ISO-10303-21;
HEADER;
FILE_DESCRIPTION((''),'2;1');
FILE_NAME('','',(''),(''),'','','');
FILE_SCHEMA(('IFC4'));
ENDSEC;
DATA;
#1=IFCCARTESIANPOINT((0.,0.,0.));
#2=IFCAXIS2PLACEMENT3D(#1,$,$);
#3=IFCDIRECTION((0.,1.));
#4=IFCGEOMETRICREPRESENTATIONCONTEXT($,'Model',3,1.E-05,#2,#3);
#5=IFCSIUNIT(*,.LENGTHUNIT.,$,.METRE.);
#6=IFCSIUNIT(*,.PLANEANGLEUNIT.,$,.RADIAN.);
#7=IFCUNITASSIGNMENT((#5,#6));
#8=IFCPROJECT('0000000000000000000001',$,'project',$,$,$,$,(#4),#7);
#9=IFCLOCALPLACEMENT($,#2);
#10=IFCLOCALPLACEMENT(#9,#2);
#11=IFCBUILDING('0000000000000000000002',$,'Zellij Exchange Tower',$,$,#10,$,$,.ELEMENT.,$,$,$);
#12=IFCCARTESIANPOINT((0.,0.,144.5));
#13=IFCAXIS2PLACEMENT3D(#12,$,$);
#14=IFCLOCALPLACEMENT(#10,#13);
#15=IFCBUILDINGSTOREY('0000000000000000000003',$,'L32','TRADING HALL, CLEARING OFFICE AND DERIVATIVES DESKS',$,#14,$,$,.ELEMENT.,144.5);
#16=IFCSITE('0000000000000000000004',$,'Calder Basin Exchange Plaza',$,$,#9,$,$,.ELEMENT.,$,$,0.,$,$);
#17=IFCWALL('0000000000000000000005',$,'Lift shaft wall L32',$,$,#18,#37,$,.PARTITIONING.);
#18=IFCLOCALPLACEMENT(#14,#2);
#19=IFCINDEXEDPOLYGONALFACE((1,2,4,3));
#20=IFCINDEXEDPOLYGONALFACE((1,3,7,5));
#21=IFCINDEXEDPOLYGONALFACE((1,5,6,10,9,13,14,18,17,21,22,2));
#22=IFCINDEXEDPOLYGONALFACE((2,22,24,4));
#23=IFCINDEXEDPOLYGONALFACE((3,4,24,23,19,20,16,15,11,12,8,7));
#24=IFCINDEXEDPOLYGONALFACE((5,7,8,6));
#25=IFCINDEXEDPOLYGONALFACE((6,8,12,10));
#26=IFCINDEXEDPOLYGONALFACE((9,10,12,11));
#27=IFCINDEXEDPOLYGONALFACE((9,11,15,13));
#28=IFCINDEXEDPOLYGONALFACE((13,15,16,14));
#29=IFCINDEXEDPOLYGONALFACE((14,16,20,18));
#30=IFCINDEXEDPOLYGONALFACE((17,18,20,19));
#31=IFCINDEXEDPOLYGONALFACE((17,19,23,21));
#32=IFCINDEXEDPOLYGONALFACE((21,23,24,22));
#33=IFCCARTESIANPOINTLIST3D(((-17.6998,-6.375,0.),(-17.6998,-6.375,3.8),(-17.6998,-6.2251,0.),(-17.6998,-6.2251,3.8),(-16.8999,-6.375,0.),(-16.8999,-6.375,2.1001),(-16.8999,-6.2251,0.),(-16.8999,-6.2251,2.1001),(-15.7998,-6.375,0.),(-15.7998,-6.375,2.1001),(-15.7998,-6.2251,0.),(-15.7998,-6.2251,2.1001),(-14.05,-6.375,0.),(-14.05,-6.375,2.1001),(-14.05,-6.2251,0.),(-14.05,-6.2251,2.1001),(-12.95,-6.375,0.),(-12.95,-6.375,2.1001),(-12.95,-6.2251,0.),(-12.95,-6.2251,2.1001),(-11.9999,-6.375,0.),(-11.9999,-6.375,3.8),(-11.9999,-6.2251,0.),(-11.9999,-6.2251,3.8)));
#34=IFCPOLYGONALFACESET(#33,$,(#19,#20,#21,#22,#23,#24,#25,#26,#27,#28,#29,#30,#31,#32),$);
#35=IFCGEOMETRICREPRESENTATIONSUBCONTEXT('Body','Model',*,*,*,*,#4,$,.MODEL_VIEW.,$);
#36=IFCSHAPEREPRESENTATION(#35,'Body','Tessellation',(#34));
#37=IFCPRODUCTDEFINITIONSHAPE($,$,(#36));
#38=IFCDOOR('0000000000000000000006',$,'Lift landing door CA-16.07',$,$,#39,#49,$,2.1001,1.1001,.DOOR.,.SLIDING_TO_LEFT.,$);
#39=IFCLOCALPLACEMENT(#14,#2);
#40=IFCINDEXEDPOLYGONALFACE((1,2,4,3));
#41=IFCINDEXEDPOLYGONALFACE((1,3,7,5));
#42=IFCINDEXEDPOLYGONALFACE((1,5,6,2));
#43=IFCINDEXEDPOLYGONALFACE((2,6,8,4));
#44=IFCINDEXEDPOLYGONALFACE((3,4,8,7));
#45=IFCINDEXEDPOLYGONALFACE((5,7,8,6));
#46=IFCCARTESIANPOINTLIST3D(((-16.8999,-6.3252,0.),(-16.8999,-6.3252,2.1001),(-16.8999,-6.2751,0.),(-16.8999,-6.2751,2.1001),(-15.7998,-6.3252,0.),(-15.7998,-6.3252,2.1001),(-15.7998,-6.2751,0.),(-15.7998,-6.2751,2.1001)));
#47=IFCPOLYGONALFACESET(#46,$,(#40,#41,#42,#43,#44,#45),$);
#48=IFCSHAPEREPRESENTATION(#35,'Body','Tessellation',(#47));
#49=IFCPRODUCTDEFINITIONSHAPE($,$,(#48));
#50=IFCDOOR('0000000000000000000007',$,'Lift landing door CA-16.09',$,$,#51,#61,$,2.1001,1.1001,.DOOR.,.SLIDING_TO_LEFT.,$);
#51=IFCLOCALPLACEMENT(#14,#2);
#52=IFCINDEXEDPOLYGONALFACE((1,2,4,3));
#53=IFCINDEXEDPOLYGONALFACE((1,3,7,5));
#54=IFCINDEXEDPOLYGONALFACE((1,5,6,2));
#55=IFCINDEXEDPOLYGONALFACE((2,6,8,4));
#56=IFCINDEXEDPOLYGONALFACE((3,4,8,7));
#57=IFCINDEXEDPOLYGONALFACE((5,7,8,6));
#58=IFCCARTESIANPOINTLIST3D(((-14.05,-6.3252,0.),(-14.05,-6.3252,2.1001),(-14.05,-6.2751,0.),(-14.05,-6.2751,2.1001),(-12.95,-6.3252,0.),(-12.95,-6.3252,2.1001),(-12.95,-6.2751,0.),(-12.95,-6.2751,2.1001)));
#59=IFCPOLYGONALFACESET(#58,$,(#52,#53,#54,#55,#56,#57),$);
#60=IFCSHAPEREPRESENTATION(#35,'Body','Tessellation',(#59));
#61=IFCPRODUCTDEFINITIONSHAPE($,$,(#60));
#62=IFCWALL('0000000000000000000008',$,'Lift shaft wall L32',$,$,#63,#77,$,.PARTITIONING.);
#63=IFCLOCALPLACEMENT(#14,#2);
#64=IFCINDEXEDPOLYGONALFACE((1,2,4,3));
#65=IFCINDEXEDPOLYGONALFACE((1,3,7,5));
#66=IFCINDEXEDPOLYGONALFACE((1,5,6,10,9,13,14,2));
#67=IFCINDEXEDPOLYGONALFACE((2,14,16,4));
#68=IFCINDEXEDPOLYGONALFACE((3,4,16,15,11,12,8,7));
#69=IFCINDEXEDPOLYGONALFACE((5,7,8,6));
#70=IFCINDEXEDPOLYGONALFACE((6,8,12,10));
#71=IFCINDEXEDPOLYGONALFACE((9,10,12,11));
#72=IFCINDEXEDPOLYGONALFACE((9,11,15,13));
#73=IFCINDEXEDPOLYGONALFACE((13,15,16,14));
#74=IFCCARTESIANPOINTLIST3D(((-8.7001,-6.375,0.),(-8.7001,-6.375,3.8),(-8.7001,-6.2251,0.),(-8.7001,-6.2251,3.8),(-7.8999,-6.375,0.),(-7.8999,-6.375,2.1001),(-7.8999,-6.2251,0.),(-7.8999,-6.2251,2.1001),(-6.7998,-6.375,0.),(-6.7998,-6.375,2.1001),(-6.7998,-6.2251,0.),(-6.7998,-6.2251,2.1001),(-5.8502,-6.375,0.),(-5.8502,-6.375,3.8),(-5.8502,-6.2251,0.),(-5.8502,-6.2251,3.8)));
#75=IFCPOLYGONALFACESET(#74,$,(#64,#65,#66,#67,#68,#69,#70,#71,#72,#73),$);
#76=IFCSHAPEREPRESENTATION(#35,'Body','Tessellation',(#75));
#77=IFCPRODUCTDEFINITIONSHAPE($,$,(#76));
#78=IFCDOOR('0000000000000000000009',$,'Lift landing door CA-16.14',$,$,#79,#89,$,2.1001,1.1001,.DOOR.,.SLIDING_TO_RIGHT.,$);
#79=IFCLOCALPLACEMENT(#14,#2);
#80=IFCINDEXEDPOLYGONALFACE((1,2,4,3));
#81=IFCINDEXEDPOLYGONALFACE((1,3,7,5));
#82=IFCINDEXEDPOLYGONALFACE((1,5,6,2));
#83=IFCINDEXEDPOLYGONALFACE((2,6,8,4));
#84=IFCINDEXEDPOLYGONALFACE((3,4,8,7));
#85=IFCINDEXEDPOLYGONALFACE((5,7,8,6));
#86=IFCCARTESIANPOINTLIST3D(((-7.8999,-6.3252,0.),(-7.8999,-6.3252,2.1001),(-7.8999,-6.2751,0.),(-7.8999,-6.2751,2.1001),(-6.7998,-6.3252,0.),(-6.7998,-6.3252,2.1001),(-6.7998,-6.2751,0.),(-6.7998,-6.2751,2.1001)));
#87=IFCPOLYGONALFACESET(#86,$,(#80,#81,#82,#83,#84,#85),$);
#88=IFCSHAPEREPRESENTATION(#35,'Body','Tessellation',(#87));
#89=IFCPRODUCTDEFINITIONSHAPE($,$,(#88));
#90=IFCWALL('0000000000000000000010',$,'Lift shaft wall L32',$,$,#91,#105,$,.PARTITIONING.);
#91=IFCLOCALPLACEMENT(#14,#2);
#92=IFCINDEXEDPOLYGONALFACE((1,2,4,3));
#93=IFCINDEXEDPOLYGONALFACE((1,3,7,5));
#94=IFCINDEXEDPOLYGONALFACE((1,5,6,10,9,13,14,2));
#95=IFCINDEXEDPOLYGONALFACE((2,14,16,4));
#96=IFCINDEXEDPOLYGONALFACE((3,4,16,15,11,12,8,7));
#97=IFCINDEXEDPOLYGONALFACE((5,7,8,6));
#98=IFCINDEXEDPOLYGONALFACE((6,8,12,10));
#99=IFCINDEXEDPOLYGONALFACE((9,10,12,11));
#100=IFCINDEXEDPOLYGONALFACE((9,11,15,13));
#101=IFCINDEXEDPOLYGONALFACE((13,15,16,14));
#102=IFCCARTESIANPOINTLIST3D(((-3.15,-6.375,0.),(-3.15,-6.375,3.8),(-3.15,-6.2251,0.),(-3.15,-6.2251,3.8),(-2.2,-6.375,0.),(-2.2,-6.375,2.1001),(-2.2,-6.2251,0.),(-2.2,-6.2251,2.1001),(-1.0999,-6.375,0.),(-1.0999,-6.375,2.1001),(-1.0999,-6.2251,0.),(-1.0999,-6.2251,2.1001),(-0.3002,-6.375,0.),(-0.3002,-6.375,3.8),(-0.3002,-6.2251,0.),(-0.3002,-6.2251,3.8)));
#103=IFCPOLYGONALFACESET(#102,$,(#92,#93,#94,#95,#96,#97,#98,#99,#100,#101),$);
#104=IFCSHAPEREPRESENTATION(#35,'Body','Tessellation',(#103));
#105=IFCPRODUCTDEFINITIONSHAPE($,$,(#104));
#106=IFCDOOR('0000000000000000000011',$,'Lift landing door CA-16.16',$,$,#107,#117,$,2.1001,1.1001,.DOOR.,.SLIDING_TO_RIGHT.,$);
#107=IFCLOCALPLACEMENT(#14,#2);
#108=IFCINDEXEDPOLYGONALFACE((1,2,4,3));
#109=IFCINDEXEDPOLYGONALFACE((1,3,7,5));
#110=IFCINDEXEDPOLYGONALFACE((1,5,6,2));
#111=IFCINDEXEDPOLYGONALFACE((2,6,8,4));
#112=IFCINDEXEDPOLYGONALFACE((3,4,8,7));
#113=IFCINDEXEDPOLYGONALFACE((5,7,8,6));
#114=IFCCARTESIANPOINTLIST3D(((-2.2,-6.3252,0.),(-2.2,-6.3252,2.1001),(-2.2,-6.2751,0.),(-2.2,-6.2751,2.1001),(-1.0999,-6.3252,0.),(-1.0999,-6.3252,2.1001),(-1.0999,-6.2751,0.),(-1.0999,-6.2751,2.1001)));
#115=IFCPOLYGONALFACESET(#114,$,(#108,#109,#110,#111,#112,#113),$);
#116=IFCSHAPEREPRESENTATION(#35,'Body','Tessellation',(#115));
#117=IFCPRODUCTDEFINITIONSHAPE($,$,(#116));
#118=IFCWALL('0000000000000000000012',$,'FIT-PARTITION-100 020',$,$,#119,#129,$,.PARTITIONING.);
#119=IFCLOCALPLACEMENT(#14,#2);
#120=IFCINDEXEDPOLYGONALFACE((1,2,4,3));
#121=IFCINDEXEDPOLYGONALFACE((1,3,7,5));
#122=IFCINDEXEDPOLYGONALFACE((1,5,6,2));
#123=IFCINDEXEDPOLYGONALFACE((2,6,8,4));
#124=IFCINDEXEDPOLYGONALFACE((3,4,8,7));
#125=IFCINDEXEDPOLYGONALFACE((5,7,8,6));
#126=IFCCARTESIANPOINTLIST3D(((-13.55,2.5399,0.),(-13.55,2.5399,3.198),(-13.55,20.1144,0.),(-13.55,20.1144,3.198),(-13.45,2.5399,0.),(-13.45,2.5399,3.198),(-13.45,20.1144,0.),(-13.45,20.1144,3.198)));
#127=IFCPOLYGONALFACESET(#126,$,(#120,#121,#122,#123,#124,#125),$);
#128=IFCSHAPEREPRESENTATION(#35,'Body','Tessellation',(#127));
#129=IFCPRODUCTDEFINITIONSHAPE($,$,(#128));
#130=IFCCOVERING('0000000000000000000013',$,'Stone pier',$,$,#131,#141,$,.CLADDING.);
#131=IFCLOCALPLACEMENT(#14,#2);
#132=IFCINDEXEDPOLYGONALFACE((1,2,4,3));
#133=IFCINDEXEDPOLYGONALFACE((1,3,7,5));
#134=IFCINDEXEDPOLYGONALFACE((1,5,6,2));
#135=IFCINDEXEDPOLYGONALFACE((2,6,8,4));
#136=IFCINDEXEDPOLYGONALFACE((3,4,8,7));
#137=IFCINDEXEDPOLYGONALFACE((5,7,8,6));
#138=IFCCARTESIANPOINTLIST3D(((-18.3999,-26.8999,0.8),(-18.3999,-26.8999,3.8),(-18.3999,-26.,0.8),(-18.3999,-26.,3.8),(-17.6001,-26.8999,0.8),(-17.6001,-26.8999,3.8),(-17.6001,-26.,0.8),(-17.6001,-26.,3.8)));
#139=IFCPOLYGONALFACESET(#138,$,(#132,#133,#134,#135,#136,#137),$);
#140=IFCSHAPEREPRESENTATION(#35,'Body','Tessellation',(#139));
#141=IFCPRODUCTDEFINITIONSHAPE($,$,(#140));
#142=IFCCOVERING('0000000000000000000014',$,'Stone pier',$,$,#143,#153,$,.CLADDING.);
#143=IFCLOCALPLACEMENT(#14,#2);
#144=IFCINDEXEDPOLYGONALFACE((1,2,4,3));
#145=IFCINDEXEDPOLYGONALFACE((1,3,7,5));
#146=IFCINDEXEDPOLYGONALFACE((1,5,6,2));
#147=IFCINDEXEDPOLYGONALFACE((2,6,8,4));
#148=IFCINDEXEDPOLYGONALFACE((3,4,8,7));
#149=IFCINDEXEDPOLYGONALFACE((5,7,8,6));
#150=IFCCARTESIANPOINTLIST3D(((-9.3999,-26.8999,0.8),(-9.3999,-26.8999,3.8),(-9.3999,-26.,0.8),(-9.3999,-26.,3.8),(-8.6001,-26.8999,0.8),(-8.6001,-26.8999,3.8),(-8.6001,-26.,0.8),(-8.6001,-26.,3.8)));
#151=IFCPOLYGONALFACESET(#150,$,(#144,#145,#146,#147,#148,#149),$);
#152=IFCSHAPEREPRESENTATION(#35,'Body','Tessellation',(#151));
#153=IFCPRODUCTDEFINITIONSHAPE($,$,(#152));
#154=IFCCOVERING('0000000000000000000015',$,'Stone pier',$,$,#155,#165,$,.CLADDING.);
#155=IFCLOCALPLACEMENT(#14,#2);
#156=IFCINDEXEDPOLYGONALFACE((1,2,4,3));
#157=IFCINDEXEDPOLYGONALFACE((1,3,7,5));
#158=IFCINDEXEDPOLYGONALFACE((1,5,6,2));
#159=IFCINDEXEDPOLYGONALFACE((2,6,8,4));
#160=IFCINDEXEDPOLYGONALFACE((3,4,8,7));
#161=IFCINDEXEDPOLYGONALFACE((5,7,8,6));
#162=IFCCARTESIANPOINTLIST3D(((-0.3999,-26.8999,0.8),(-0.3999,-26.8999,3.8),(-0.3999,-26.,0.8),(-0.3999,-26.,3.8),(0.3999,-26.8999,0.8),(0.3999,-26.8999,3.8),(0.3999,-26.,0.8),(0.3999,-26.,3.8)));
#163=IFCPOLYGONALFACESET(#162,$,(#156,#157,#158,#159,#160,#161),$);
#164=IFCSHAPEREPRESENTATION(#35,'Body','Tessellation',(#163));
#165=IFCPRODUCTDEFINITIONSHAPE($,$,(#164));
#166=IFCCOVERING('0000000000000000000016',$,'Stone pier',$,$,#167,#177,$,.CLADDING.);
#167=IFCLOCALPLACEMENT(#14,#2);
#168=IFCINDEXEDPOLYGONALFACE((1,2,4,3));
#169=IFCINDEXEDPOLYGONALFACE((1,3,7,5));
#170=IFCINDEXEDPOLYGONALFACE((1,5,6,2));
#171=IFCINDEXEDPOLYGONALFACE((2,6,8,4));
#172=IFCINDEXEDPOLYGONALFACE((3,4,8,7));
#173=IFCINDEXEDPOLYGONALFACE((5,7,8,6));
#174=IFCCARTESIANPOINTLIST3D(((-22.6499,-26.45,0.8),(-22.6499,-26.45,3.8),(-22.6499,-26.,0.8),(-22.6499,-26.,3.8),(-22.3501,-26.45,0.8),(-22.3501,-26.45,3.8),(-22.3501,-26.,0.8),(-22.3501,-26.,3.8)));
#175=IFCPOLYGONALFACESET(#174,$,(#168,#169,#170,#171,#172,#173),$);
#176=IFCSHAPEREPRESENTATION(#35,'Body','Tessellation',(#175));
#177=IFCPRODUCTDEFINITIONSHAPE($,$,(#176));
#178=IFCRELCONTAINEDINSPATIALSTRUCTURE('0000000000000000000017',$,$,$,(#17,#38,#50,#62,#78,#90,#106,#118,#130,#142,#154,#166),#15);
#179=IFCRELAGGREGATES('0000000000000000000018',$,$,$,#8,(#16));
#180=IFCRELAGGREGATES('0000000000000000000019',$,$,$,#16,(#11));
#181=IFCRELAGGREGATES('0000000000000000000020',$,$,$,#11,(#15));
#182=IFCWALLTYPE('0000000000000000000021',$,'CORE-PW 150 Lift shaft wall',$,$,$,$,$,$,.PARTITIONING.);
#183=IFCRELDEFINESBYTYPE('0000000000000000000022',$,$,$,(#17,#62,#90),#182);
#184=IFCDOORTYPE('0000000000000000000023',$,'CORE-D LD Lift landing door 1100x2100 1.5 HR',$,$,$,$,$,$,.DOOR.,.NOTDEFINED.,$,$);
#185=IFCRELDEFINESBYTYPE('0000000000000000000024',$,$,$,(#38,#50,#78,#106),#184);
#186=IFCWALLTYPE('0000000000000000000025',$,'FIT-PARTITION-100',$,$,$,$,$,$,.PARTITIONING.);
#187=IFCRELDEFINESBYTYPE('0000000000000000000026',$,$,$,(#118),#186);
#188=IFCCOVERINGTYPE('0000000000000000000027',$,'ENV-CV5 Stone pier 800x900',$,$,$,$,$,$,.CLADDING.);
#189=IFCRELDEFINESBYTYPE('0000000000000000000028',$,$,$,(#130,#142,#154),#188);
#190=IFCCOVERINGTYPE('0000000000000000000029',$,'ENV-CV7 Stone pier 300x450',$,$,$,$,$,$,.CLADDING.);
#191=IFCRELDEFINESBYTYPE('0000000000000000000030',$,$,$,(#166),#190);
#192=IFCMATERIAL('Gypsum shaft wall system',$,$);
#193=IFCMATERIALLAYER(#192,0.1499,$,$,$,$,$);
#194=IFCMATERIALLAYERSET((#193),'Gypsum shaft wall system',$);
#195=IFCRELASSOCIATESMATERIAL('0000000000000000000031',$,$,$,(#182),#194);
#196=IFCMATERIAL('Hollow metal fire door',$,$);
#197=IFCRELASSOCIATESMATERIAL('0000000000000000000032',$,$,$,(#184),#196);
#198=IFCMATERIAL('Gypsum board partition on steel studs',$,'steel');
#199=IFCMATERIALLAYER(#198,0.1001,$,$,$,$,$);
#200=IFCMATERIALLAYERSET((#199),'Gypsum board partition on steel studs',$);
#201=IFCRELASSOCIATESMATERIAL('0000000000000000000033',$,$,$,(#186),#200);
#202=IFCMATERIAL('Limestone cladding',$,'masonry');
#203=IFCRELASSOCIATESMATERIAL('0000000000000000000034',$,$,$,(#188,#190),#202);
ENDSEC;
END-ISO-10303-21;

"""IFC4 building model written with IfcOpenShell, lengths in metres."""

from ifc_helpers import new_model, si_unit, direction, frame, frame_2d, origin, place, context, subcontext, project, spatial, polyline, rectangle, outline, extrude, material, layer, layer_set, type_object, element, fill, save


model = new_model("IFC4")

# Units and contexts
model_context = context("Model", 3, precision=1e-05, world=origin(), true_north=direction((0.0, 1.0)))
body_context = subcontext(model_context, "Body", "Model", "MODEL_VIEW")
ifc_project = project(units=[si_unit("LENGTHUNIT", "METRE"), si_unit("PLANEANGLEUNIT", "RADIAN")], contexts=[model_context])

# Site, building, storey
site_placement = place(None, origin())
site = spatial("IfcSite", under=ifc_project, at=site_placement, Name="Calder Basin Exchange Plaza", CompositionType="ELEMENT", RefElevation=0.0)
building_placement = place(site_placement, origin())
building = spatial("IfcBuilding", under=site, at=building_placement, Name="Zellij Exchange Tower", CompositionType="ELEMENT")
storey_placement = place(building_placement, frame((0.0, 0.0, 144.5)))
storey = spatial("IfcBuildingStorey", under=building, at=storey_placement, Name="L32", Description="TRADING HALL, CLEARING OFFICE AND DERIVATIVES DESKS", CompositionType="ELEMENT", Elevation=144.5)

# Shared definitions
ifc_material_1 = material(Name="Gypsum shaft wall system")
ifc_layer_1 = layer(ifc_material_1, 0.1499)
ifc_layer_set_1 = layer_set([ifc_layer_1], Name="Gypsum shaft wall system")
wall_type_1 = type_object("IfcWallType", Name="CORE-PW 150 Lift shaft wall", PredefinedType="PARTITIONING", material=ifc_layer_set_1)

# Wall, openings, doors
wall_1_placement = place(storey_placement, frame((-17.7, -6.3, 0.0), z_axis=(0.0, 0.0, 1.0), x_axis=(1.0, 0.0, 0.0)))
wall_1 = element("IfcWall", 1, at=wall_1_placement, inside=storey, type_object=wall_type_1, Name="Lift shaft wall L32", PredefinedType="PARTITIONING", context=body_context, shape_type="SweptSolid", body=[
    extrude(rectangle(XDim=5.7, YDim=0.1499, at=frame_2d((2.8501, 0.0))), origin(), (0.0, 0.0, 1.0), 3.8),
])
opening_1_placement = place(wall_1_placement, frame((0.8, 0.0, 0.0)))
opening_1 = element("IfcOpeningElement", 2, at=opening_1_placement, cuts=wall_1, PredefinedType="OPENING", context=body_context, shape_type="SweptSolid", body=[
    extrude(rectangle(XDim=1.1001, YDim=2.1001, at=frame_2d((0.55, 1.05))), frame((0.0, 0.0869, 0.0), z_axis=(0.0, -1.0, 0.0), x_axis=(1.0, 0.0, 0.0)), (0.0, 0.0, 1.0), 0.1738),
])
opening_2_placement = place(wall_1_placement, frame((3.6499, 0.0, 0.0)))
opening_2 = element("IfcOpeningElement", 3, at=opening_2_placement, cuts=wall_1, PredefinedType="OPENING", context=body_context, shape_type="SweptSolid", body=[
    extrude(rectangle(XDim=1.1001, YDim=2.1001, at=frame_2d((0.55, 1.05))), frame((0.0, 0.0869, 0.0), z_axis=(0.0, -1.0, 0.0), x_axis=(1.0, 0.0, 0.0)), (0.0, 0.0, 1.0), 0.1738),
])
ifc_material_2 = material(Name="Hollow metal fire door")
door_type = type_object("IfcDoorType", Name="CORE-D LD Lift landing door 1100x2100 1.5 HR", OperationType="NOTDEFINED", PredefinedType="DOOR", material=ifc_material_2)
door_1_placement = place(opening_1_placement, origin())
door_1 = element("IfcDoor", 4, at=door_1_placement, inside=storey, type_object=door_type, Name="Lift landing door CA-16.07", OperationType="SLIDING_TO_LEFT", OverallHeight=2.1001, OverallWidth=1.1001, PredefinedType="DOOR", context=body_context, shape_type="SweptSolid", body=[
    extrude(rectangle(XDim=1.1001, YDim=2.1001, at=frame_2d((0.55, 1.05))), frame((0.0, 0.0249, 0.0), z_axis=(0.0, -1.0, 0.0), x_axis=(1.0, 0.0, 0.0)), (0.0, 0.0, 1.0), 0.05),
])
fill(opening_1, door_1)
door_2_placement = place(opening_2_placement, origin())
door_2 = element("IfcDoor", 5, at=door_2_placement, inside=storey, type_object=door_type, Name="Lift landing door CA-16.09", OperationType="SLIDING_TO_LEFT", OverallHeight=2.1001, OverallWidth=1.1001, PredefinedType="DOOR", context=body_context, shape_type="SweptSolid", body=[
    extrude(rectangle(XDim=1.1001, YDim=2.1001, at=frame_2d((0.55, 1.05))), frame((0.0, 0.0249, 0.0), z_axis=(0.0, -1.0, 0.0), x_axis=(1.0, 0.0, 0.0)), (0.0, 0.0, 1.0), 0.05),
])
fill(opening_2, door_2)

# Walls, openings, doors
wall_2_placement = place(storey_placement, frame((-8.7, -6.3, 0.0), z_axis=(0.0, 0.0, 1.0), x_axis=(1.0, 0.0, 0.0)))
wall_2 = element("IfcWall", 6, at=wall_2_placement, inside=storey, type_object=wall_type_1, Name="Lift shaft wall L32", PredefinedType="PARTITIONING", context=body_context, shape_type="SweptSolid", body=[
    extrude(rectangle(XDim=2.8499, YDim=0.1499, at=frame_2d((1.4248, 0.0))), origin(), (0.0, 0.0, 1.0), 3.8),
])
opening_3_placement = place(wall_2_placement, frame((0.8, 0.0, 0.0)))
opening_3 = element("IfcOpeningElement", 7, at=opening_3_placement, cuts=wall_2, PredefinedType="OPENING", context=body_context, shape_type="SweptSolid", body=[
    extrude(rectangle(XDim=1.1001, YDim=2.1001, at=frame_2d((0.55, 1.05))), frame((0.0, 0.0869, 0.0), z_axis=(0.0, -1.0, 0.0), x_axis=(1.0, 0.0, 0.0)), (0.0, 0.0, 1.0), 0.1738),
])
door_3_placement = place(opening_3_placement, origin())
door_3 = element("IfcDoor", 8, at=door_3_placement, inside=storey, type_object=door_type, Name="Lift landing door CA-16.14", OperationType="SLIDING_TO_RIGHT", OverallHeight=2.1001, OverallWidth=1.1001, PredefinedType="DOOR", context=body_context, shape_type="SweptSolid", body=[
    extrude(rectangle(XDim=1.1001, YDim=2.1001, at=frame_2d((0.55, 1.05))), frame((0.0, 0.0249, 0.0), z_axis=(0.0, -1.0, 0.0), x_axis=(1.0, 0.0, 0.0)), (0.0, 0.0, 1.0), 0.05),
])
fill(opening_3, door_3)
wall_3_placement = place(storey_placement, frame((-3.1499, -6.3, 0.0), z_axis=(0.0, 0.0, 1.0), x_axis=(1.0, 0.0, 0.0)))
wall_3 = element("IfcWall", 9, at=wall_3_placement, inside=storey, type_object=wall_type_1, Name="Lift shaft wall L32", PredefinedType="PARTITIONING", context=body_context, shape_type="SweptSolid", body=[
    extrude(rectangle(XDim=2.8499, YDim=0.1499, at=frame_2d((1.4248, 0.0))), origin(), (0.0, 0.0, 1.0), 3.8),
])
opening_4_placement = place(wall_3_placement, frame((0.95, 0.0, 0.0)))
opening_4 = element("IfcOpeningElement", 10, at=opening_4_placement, cuts=wall_3, PredefinedType="OPENING", context=body_context, shape_type="SweptSolid", body=[
    extrude(rectangle(XDim=1.1001, YDim=2.1001, at=frame_2d((0.55, 1.05))), frame((0.0, 0.0869, 0.0), z_axis=(0.0, -1.0, 0.0), x_axis=(1.0, 0.0, 0.0)), (0.0, 0.0, 1.0), 0.1738),
])
door_4_placement = place(opening_4_placement, origin())
door_4 = element("IfcDoor", 11, at=door_4_placement, inside=storey, type_object=door_type, Name="Lift landing door CA-16.16", OperationType="SLIDING_TO_RIGHT", OverallHeight=2.1001, OverallWidth=1.1001, PredefinedType="DOOR", context=body_context, shape_type="SweptSolid", body=[
    extrude(rectangle(XDim=1.1001, YDim=2.1001, at=frame_2d((0.55, 1.05))), frame((0.0, 0.0249, 0.0), z_axis=(0.0, -1.0, 0.0), x_axis=(1.0, 0.0, 0.0)), (0.0, 0.0, 1.0), 0.05),
])
fill(opening_4, door_4)

# Wall
ifc_material_3 = material(Name="Gypsum board partition on steel studs", Category="steel")
ifc_layer_2 = layer(ifc_material_3, 0.1001)
ifc_layer_set_2 = layer_set([ifc_layer_2], Name="Gypsum board partition on steel studs")
wall_type_2 = type_object("IfcWallType", Name="FIT-PARTITION-100", PredefinedType="PARTITIONING", material=ifc_layer_set_2)
wall_4_placement = place(storey_placement, frame((-13.5, 2.54, 0.0), z_axis=(0.0, 0.0, 1.0), x_axis=(0.0, 1.0, 0.0)))
element("IfcWall", 12, at=wall_4_placement, inside=storey, type_object=wall_type_2, Name="FIT-PARTITION-100 020", PredefinedType="PARTITIONING", context=body_context, shape_type="SweptSolid", body=[
    extrude(rectangle(XDim=17.5745, YDim=0.1001, at=frame_2d((8.7871, 0.0))), origin(), (0.0, 0.0, 1.0), 3.198),
])

# Coverings
ifc_material_4 = material(Name="Limestone cladding", Category="masonry")
covering_type_1 = type_object("IfcCoveringType", Name="ENV-CV5 Stone pier 800x900", PredefinedType="CLADDING", material=ifc_material_4)
covering_1_placement = place(storey_placement, frame((0.0, 0.0, 0.8)))
element("IfcCovering", 13, at=covering_1_placement, inside=storey, type_object=covering_type_1, Name="Stone pier", PredefinedType="CLADDING", context=body_context, shape_type="SweptSolid", body=[
    extrude(outline(polyline([(-18.3999, -26.0), (-17.6001, -26.0), (-17.6001, -26.8999), (-18.3999, -26.8999), (-18.3999, -26.0)])), origin(), (0.0, 0.0, 1.0), 3.0),
])
covering_2_placement = place(storey_placement, frame((0.0, 0.0, 0.8)))
element("IfcCovering", 14, at=covering_2_placement, inside=storey, type_object=covering_type_1, Name="Stone pier", PredefinedType="CLADDING", context=body_context, shape_type="SweptSolid", body=[
    extrude(outline(polyline([(-9.3999, -26.0), (-8.6001, -26.0), (-8.6001, -26.8999), (-9.3999, -26.8999), (-9.3999, -26.0)])), origin(), (0.0, 0.0, 1.0), 3.0),
])
covering_3_placement = place(storey_placement, frame((0.0, 0.0, 0.8)))
element("IfcCovering", 15, at=covering_3_placement, inside=storey, type_object=covering_type_1, Name="Stone pier", PredefinedType="CLADDING", context=body_context, shape_type="SweptSolid", body=[
    extrude(outline(polyline([(-0.3999, -26.0), (0.3999, -26.0), (0.3999, -26.8999), (-0.3999, -26.8999), (-0.3999, -26.0)])), origin(), (0.0, 0.0, 1.0), 3.0),
])
covering_type_2 = type_object("IfcCoveringType", Name="ENV-CV7 Stone pier 300x450", PredefinedType="CLADDING", material=ifc_material_4)
covering_4_placement = place(storey_placement, frame((0.0, 0.0, 0.8)))
element("IfcCovering", 16, at=covering_4_placement, inside=storey, type_object=covering_type_2, Name="Stone pier", PredefinedType="CLADDING", context=body_context, shape_type="SweptSolid", body=[
    extrude(outline(polyline([(-22.6499, -26.0), (-22.3501, -26.0), (-22.3501, -26.45), (-22.6499, -26.45), (-22.6499, -26.0)])), origin(), (0.0, 0.0, 1.0), 3.0),
])

save(model, "model.ifc")
